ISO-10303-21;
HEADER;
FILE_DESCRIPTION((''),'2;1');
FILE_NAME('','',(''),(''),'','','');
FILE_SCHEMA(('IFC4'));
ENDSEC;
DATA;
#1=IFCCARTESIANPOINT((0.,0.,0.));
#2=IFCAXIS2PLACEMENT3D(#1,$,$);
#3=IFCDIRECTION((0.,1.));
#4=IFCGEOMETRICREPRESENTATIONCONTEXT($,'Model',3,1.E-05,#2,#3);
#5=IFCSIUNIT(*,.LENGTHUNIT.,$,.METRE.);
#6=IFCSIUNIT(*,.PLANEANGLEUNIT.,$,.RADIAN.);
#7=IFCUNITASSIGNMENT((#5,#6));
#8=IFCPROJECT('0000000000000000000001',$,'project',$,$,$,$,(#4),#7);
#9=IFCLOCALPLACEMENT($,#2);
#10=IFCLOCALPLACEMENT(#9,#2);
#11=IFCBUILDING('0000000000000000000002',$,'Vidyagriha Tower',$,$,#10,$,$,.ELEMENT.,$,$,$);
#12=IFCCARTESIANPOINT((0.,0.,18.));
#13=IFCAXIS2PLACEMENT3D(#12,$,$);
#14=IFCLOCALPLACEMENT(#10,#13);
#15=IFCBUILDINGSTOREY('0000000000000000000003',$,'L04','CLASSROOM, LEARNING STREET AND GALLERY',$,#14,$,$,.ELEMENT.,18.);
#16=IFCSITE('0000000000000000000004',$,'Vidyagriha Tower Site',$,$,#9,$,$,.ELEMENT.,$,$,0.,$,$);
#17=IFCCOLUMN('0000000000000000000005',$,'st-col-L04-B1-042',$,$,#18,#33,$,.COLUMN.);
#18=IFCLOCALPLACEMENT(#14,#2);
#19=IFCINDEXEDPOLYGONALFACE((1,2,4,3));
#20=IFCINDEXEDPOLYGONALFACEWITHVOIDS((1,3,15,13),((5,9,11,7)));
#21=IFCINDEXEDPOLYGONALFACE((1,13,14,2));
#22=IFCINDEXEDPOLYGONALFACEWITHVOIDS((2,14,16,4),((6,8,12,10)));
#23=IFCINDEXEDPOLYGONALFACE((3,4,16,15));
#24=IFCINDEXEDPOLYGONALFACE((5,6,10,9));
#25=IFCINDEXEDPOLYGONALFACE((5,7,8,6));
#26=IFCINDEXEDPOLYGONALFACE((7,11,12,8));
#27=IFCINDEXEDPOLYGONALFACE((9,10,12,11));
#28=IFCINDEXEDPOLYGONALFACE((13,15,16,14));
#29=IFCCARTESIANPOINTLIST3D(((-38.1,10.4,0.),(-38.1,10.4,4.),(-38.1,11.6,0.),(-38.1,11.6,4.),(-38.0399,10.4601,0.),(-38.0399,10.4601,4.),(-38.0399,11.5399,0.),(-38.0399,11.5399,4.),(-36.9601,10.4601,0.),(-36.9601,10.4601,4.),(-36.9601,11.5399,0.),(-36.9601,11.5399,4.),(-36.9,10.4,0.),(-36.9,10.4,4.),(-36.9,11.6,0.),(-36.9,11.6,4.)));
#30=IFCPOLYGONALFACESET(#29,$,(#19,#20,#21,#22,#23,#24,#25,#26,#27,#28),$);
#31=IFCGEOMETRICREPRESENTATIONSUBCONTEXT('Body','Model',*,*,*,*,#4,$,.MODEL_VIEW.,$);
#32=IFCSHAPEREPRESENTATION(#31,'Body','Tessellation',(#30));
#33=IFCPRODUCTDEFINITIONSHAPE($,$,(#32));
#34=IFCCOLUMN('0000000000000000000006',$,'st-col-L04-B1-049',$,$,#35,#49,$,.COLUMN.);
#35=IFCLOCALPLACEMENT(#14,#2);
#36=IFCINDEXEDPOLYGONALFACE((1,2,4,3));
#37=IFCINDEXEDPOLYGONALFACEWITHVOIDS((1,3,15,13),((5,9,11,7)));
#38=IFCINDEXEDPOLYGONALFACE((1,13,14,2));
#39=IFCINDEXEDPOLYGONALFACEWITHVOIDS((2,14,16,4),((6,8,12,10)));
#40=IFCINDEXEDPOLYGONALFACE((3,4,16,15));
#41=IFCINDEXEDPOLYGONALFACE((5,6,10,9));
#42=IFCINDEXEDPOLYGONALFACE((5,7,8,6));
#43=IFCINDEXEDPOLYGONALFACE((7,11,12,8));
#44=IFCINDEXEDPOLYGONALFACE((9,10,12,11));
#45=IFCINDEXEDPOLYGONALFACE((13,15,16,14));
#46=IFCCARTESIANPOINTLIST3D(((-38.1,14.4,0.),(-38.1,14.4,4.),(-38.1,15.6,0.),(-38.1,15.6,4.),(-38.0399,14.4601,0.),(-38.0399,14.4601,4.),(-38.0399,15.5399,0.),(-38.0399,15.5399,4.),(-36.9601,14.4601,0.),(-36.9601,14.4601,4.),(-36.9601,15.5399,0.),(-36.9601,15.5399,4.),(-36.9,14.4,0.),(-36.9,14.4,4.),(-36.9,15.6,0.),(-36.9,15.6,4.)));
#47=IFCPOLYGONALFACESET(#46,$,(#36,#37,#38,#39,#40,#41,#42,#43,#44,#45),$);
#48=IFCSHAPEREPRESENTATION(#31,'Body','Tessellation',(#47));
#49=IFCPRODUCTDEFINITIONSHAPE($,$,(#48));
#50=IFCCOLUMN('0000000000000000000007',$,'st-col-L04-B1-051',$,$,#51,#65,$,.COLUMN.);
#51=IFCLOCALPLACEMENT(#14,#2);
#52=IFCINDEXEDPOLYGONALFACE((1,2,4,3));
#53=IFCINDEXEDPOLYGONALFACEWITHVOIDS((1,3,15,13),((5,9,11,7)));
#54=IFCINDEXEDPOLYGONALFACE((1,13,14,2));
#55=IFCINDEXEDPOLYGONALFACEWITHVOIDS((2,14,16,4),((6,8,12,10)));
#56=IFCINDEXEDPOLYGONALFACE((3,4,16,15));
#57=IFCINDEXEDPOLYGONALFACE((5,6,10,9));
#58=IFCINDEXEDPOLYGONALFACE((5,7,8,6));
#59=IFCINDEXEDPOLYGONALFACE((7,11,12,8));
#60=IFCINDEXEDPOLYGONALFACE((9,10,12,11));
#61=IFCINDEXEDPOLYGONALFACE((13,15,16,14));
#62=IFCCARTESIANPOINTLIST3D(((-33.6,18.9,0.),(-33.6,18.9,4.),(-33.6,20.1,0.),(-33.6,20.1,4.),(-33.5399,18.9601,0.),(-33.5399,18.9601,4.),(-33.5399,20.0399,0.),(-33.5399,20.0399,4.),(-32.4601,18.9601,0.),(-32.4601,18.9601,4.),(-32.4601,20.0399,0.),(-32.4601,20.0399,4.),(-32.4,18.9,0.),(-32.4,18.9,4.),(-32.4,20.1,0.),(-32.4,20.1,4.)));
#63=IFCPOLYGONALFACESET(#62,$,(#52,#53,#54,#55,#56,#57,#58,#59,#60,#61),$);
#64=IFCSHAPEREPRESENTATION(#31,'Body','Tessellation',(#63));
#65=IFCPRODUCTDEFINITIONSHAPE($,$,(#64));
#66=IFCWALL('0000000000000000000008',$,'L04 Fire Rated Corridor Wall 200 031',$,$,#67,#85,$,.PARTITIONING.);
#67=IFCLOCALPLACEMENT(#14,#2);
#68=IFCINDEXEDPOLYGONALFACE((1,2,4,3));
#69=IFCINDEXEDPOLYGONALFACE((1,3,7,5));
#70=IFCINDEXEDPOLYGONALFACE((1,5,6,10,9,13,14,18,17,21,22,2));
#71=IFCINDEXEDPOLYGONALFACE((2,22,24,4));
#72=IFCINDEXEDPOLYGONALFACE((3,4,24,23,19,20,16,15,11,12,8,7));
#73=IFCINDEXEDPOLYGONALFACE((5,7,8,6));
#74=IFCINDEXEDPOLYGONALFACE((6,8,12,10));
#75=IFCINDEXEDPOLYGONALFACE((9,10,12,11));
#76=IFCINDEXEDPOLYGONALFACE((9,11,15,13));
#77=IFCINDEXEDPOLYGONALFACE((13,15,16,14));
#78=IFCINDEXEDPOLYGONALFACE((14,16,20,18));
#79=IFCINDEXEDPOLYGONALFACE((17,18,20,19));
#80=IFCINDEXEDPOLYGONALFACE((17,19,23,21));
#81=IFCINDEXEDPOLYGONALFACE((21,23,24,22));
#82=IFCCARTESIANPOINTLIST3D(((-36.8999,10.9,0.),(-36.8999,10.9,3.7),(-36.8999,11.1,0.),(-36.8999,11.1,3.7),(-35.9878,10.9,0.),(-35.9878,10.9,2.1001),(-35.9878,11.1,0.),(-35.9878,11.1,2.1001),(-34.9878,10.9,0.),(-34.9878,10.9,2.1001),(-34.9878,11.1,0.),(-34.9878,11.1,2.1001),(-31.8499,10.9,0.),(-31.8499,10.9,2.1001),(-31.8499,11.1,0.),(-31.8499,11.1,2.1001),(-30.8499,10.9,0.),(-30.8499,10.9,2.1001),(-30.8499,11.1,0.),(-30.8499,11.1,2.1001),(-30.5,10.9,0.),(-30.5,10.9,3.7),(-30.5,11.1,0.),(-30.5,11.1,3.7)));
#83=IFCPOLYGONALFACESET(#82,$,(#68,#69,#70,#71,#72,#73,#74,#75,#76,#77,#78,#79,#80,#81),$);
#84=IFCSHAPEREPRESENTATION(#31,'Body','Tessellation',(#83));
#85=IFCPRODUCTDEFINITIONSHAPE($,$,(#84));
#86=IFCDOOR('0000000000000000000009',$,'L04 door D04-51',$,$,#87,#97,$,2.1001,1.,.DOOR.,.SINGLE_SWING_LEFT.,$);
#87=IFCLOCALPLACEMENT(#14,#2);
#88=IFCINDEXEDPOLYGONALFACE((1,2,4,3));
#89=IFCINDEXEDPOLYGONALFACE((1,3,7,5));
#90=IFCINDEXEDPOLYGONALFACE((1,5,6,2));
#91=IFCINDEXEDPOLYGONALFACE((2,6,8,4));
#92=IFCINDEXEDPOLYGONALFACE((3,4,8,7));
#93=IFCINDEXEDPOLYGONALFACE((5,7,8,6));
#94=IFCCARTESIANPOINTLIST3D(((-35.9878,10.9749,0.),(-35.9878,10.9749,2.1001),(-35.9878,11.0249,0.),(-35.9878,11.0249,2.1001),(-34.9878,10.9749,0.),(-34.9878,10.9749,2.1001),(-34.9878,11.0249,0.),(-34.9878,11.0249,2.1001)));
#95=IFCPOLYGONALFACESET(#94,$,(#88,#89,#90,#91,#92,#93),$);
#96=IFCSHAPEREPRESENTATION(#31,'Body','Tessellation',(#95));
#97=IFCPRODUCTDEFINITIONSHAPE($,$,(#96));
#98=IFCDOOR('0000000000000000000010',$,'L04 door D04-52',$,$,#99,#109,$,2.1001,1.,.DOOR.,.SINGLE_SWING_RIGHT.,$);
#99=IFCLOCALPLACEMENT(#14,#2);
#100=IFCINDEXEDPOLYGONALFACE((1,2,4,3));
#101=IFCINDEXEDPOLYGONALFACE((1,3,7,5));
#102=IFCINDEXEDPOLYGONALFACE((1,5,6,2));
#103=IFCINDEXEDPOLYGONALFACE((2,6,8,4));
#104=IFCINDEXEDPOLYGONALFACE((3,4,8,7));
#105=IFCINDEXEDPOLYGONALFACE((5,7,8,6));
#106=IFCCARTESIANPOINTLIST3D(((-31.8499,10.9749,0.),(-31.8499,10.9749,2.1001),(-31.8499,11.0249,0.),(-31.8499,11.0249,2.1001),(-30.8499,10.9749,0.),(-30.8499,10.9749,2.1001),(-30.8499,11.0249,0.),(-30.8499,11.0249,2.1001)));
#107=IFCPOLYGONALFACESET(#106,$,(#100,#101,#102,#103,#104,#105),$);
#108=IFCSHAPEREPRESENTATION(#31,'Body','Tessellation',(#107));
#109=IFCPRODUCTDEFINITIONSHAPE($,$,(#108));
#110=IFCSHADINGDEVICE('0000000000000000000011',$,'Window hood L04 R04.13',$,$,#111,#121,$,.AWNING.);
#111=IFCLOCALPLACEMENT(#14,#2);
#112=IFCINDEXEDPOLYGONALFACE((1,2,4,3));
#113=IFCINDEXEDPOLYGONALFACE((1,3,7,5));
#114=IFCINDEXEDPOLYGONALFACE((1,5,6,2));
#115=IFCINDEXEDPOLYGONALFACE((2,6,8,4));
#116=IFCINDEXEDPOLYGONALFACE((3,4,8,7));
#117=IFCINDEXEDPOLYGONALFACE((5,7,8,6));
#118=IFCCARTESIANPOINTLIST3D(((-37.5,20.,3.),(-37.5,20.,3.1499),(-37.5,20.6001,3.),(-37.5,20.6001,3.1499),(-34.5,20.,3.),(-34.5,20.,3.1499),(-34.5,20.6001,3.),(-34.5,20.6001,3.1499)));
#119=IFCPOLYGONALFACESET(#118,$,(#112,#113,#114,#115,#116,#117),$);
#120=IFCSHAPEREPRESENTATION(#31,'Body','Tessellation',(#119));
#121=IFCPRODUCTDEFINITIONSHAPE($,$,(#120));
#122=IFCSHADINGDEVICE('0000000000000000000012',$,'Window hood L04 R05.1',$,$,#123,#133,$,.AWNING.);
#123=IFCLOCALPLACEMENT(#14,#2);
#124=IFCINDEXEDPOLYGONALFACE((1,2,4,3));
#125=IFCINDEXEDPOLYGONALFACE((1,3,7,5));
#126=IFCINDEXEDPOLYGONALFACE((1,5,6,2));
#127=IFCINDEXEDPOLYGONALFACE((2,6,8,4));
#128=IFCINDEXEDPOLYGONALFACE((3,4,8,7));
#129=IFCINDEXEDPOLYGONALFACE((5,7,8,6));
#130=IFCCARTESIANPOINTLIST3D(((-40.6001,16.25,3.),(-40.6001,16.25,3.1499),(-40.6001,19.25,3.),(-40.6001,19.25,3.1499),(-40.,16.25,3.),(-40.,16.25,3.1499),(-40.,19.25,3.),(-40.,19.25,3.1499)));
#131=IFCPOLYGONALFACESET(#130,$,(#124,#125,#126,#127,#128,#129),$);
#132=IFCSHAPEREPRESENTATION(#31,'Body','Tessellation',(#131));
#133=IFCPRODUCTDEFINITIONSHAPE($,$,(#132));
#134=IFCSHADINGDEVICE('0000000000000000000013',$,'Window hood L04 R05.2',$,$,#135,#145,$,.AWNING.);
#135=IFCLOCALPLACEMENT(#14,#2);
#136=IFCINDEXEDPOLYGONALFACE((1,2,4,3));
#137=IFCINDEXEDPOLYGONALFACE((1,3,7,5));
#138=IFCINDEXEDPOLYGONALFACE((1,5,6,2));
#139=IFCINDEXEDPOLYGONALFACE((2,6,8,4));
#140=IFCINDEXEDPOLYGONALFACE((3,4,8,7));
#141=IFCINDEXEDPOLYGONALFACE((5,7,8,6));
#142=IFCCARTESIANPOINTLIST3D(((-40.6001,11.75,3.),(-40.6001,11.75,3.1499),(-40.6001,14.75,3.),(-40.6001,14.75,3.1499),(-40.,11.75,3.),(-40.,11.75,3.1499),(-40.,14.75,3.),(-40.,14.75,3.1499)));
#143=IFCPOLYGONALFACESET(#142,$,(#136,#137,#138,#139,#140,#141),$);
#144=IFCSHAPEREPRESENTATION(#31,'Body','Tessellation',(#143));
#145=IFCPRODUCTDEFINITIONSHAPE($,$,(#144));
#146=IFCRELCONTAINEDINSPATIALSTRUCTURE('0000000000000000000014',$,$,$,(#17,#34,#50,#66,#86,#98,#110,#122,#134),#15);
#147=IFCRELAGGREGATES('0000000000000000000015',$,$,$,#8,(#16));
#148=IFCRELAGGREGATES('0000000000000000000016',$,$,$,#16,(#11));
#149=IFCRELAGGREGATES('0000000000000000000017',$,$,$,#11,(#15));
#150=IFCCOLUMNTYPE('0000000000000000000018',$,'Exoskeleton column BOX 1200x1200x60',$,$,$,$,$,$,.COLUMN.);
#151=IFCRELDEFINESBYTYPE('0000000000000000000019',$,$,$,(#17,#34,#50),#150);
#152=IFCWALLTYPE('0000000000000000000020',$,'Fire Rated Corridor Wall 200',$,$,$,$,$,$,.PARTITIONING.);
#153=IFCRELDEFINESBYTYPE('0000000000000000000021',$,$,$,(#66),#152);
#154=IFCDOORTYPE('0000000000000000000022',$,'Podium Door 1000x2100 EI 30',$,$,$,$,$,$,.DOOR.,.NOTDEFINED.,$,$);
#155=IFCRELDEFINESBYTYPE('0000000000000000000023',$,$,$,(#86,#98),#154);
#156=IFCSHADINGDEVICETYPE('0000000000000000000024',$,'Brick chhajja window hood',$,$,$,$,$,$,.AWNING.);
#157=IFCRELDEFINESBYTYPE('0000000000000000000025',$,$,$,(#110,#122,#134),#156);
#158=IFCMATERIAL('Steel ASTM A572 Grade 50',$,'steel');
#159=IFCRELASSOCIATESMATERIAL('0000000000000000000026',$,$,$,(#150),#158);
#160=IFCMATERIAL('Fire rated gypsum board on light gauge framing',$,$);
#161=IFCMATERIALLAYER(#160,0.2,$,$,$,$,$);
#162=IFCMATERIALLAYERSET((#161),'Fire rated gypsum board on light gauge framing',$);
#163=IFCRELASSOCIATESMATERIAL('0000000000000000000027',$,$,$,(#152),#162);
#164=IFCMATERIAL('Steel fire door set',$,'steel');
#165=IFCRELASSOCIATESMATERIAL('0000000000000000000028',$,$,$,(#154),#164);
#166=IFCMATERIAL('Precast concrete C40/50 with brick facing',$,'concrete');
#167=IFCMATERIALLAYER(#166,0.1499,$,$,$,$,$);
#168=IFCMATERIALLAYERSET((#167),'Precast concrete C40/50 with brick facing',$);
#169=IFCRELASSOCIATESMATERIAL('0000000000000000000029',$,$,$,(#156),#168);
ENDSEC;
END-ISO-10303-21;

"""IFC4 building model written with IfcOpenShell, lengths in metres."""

from ifc_helpers import new_model, si_unit, direction, frame, frame_2d, origin, origin_2d, place, context, subcontext, project, spatial, rectangle, hollow_rectangle, extrude, material, layer, layer_set, material_profile, profile_set, type_object, element, fill, save


model = new_model("IFC4")

# Units and contexts
model_context = context("Model", 3, precision=1e-05, world=origin(), true_north=direction((0.0, 1.0)))
body_context = subcontext(model_context, "Body", "Model", "MODEL_VIEW")
ifc_project = project(units=[si_unit("LENGTHUNIT", "METRE"), si_unit("PLANEANGLEUNIT", "RADIAN")], contexts=[model_context])

# Site, building, storey
site_placement = place(None, origin())
site = spatial("IfcSite", under=ifc_project, at=site_placement, Name="Vidyagriha Tower Site", CompositionType="ELEMENT", RefElevation=0.0)
building_placement = place(site_placement, origin())
building = spatial("IfcBuilding", under=site, at=building_placement, Name="Vidyagriha Tower", CompositionType="ELEMENT")
storey_placement = place(building_placement, frame((0.0, 0.0, 18.0)))
storey = spatial("IfcBuildingStorey", under=building, at=storey_placement, Name="L04", Description="CLASSROOM, LEARNING STREET AND GALLERY", CompositionType="ELEMENT", Elevation=18.0)

# Columns
ifc_material_1 = material(Name="Steel ASTM A572 Grade 50", Category="steel")
ifc_material_profile = material_profile(ifc_material_1, hollow_rectangle(XDim=1.2, YDim=1.2, WallThickness=0.0601, at=origin_2d()), Name="BOX 1200x1200x60")
ifc_profile_set = profile_set([ifc_material_profile], Name="Steel ASTM A572 Grade 50")
column_type = type_object("IfcColumnType", Name="Exoskeleton column BOX 1200x1200x60", PredefinedType="COLUMN", material=ifc_profile_set)
for number, where, name in (
    (1, (-37.5, 11.0, 0.0), "st-col-L04-B1-042"),
    (2, (-37.5, 15.0, 0.0), "st-col-L04-B1-049"),
    (3, (-33.0, 19.5, 0.0), "st-col-L04-B1-051"),
):
    element("IfcColumn", number, at=place(storey_placement, frame(where)), inside=storey, type_object=column_type, Name=name, PredefinedType="COLUMN", context=body_context, shape_type="SweptSolid", body=[
        extrude(hollow_rectangle(XDim=1.2, YDim=1.2, WallThickness=0.0601, at=origin_2d()), origin(), (0.0, 0.0, 1.0), 4.0),
    ])

# Wall, openings, doors
ifc_material_2 = material(Name="Fire rated gypsum board on light gauge framing")
ifc_layer_1 = layer(ifc_material_2, 0.2)
ifc_layer_set_1 = layer_set([ifc_layer_1], Name="Fire rated gypsum board on light gauge framing")
wall_type_1 = type_object("IfcWallType", Name="Fire Rated Corridor Wall 200", PredefinedType="PARTITIONING", material=ifc_layer_set_1)
wall_1_placement = place(storey_placement, frame((-36.8999, 11.0, 0.0)))
wall_1 = element("IfcWall", 4, at=wall_1_placement, inside=storey, type_object=wall_type_1, Name="L04 Fire Rated Corridor Wall 200 031", PredefinedType="PARTITIONING", context=body_context, shape_type="SweptSolid", body=[
    extrude(rectangle(XDim=6.3999, YDim=0.2, at=frame_2d((3.2, 0.0))), origin(), (0.0, 0.0, 1.0), 3.7),
])
opening_1_placement = place(wall_1_placement, frame((0.9121, 0.0, 0.0)))
opening_1 = element("IfcOpeningElement", 5, at=opening_1_placement, cuts=wall_1, PredefinedType="OPENING", context=body_context, shape_type="SweptSolid", body=[
    extrude(rectangle(XDim=1.0, YDim=2.1001, at=frame_2d((0.5, 1.05))), frame((0.0, 0.1099, 0.0), z_axis=(0.0, -1.0, 0.0), x_axis=(1.0, 0.0, 0.0)), (0.0, 0.0, 1.0), 0.22),
])
opening_2_placement = place(wall_1_placement, frame((5.05, 0.0, 0.0)))
opening_2 = element("IfcOpeningElement", 6, at=opening_2_placement, cuts=wall_1, PredefinedType="OPENING", context=body_context, shape_type="SweptSolid", body=[
    extrude(rectangle(XDim=1.0, YDim=2.1001, at=frame_2d((0.5, 1.05))), frame((0.0, 0.1099, 0.0), z_axis=(0.0, -1.0, 0.0), x_axis=(1.0, 0.0, 0.0)), (0.0, 0.0, 1.0), 0.22),
])
ifc_material_3 = material(Name="Steel fire door set", Category="steel")
door_type = type_object("IfcDoorType", Name="Podium Door 1000x2100 EI 30", OperationType="NOTDEFINED", PredefinedType="DOOR", material=ifc_material_3)
door_1_placement = place(opening_1_placement, origin())
door_1 = element("IfcDoor", 7, at=door_1_placement, inside=storey, type_object=door_type, Name="L04 door D04-51", OperationType="SINGLE_SWING_LEFT", OverallHeight=2.1001, OverallWidth=1.0, PredefinedType="DOOR", context=body_context, shape_type="SweptSolid", body=[
    extrude(rectangle(XDim=1.0, YDim=2.1001, at=frame_2d((0.5, 1.05))), frame((0.0, 0.0249, 0.0), z_axis=(0.0, -1.0, 0.0), x_axis=(1.0, 0.0, 0.0)), (0.0, 0.0, 1.0), 0.05),
])
fill(opening_1, door_1)
door_2_placement = place(opening_2_placement, origin())
door_2 = element("IfcDoor", 8, at=door_2_placement, inside=storey, type_object=door_type, Name="L04 door D04-52", OperationType="SINGLE_SWING_RIGHT", OverallHeight=2.1001, OverallWidth=1.0, PredefinedType="DOOR", context=body_context, shape_type="SweptSolid", body=[
    extrude(rectangle(XDim=1.0, YDim=2.1001, at=frame_2d((0.5, 1.05))), frame((0.0, 0.0249, 0.0), z_axis=(0.0, -1.0, 0.0), x_axis=(1.0, 0.0, 0.0)), (0.0, 0.0, 1.0), 0.05),
])
fill(opening_2, door_2)

# Shading devices
ifc_material_4 = material(Name="Precast concrete C40/50 with brick facing", Category="concrete")
ifc_layer_2 = layer(ifc_material_4, 0.1499)
ifc_layer_set_2 = layer_set([ifc_layer_2], Name="Precast concrete C40/50 with brick facing")
shading_device_type = type_object("IfcShadingDeviceType", Name="Brick chhajja window hood", PredefinedType="AWNING", material=ifc_layer_set_2)
for number, where, z_axis, x_axis, name in (
    (9, (-36.0, 20.3, 3.0), (0.0, 0.0, 1.0), (-1.0, 0.0, 0.0), "Window hood L04 R04.13"),
    (10, (-40.3, 17.75, 3.0), (0.0, 0.0, 1.0), (0.0, -1.0, 0.0), "Window hood L04 R05.1"),
    (11, (-40.3, 13.25, 3.0), (0.0, 0.0, 1.0), (0.0, -1.0, 0.0), "Window hood L04 R05.2"),
):
    element("IfcShadingDevice", number, at=place(storey_placement, frame(where, z_axis=z_axis, x_axis=x_axis)), inside=storey, type_object=shading_device_type, Name=name, PredefinedType="AWNING", context=body_context, shape_type="SweptSolid", body=[
        extrude(rectangle(XDim=3.0, YDim=0.6001, at=origin_2d()), origin(), (0.0, 0.0, 1.0), 0.1499),
    ])

save(model, "model.ifc")
